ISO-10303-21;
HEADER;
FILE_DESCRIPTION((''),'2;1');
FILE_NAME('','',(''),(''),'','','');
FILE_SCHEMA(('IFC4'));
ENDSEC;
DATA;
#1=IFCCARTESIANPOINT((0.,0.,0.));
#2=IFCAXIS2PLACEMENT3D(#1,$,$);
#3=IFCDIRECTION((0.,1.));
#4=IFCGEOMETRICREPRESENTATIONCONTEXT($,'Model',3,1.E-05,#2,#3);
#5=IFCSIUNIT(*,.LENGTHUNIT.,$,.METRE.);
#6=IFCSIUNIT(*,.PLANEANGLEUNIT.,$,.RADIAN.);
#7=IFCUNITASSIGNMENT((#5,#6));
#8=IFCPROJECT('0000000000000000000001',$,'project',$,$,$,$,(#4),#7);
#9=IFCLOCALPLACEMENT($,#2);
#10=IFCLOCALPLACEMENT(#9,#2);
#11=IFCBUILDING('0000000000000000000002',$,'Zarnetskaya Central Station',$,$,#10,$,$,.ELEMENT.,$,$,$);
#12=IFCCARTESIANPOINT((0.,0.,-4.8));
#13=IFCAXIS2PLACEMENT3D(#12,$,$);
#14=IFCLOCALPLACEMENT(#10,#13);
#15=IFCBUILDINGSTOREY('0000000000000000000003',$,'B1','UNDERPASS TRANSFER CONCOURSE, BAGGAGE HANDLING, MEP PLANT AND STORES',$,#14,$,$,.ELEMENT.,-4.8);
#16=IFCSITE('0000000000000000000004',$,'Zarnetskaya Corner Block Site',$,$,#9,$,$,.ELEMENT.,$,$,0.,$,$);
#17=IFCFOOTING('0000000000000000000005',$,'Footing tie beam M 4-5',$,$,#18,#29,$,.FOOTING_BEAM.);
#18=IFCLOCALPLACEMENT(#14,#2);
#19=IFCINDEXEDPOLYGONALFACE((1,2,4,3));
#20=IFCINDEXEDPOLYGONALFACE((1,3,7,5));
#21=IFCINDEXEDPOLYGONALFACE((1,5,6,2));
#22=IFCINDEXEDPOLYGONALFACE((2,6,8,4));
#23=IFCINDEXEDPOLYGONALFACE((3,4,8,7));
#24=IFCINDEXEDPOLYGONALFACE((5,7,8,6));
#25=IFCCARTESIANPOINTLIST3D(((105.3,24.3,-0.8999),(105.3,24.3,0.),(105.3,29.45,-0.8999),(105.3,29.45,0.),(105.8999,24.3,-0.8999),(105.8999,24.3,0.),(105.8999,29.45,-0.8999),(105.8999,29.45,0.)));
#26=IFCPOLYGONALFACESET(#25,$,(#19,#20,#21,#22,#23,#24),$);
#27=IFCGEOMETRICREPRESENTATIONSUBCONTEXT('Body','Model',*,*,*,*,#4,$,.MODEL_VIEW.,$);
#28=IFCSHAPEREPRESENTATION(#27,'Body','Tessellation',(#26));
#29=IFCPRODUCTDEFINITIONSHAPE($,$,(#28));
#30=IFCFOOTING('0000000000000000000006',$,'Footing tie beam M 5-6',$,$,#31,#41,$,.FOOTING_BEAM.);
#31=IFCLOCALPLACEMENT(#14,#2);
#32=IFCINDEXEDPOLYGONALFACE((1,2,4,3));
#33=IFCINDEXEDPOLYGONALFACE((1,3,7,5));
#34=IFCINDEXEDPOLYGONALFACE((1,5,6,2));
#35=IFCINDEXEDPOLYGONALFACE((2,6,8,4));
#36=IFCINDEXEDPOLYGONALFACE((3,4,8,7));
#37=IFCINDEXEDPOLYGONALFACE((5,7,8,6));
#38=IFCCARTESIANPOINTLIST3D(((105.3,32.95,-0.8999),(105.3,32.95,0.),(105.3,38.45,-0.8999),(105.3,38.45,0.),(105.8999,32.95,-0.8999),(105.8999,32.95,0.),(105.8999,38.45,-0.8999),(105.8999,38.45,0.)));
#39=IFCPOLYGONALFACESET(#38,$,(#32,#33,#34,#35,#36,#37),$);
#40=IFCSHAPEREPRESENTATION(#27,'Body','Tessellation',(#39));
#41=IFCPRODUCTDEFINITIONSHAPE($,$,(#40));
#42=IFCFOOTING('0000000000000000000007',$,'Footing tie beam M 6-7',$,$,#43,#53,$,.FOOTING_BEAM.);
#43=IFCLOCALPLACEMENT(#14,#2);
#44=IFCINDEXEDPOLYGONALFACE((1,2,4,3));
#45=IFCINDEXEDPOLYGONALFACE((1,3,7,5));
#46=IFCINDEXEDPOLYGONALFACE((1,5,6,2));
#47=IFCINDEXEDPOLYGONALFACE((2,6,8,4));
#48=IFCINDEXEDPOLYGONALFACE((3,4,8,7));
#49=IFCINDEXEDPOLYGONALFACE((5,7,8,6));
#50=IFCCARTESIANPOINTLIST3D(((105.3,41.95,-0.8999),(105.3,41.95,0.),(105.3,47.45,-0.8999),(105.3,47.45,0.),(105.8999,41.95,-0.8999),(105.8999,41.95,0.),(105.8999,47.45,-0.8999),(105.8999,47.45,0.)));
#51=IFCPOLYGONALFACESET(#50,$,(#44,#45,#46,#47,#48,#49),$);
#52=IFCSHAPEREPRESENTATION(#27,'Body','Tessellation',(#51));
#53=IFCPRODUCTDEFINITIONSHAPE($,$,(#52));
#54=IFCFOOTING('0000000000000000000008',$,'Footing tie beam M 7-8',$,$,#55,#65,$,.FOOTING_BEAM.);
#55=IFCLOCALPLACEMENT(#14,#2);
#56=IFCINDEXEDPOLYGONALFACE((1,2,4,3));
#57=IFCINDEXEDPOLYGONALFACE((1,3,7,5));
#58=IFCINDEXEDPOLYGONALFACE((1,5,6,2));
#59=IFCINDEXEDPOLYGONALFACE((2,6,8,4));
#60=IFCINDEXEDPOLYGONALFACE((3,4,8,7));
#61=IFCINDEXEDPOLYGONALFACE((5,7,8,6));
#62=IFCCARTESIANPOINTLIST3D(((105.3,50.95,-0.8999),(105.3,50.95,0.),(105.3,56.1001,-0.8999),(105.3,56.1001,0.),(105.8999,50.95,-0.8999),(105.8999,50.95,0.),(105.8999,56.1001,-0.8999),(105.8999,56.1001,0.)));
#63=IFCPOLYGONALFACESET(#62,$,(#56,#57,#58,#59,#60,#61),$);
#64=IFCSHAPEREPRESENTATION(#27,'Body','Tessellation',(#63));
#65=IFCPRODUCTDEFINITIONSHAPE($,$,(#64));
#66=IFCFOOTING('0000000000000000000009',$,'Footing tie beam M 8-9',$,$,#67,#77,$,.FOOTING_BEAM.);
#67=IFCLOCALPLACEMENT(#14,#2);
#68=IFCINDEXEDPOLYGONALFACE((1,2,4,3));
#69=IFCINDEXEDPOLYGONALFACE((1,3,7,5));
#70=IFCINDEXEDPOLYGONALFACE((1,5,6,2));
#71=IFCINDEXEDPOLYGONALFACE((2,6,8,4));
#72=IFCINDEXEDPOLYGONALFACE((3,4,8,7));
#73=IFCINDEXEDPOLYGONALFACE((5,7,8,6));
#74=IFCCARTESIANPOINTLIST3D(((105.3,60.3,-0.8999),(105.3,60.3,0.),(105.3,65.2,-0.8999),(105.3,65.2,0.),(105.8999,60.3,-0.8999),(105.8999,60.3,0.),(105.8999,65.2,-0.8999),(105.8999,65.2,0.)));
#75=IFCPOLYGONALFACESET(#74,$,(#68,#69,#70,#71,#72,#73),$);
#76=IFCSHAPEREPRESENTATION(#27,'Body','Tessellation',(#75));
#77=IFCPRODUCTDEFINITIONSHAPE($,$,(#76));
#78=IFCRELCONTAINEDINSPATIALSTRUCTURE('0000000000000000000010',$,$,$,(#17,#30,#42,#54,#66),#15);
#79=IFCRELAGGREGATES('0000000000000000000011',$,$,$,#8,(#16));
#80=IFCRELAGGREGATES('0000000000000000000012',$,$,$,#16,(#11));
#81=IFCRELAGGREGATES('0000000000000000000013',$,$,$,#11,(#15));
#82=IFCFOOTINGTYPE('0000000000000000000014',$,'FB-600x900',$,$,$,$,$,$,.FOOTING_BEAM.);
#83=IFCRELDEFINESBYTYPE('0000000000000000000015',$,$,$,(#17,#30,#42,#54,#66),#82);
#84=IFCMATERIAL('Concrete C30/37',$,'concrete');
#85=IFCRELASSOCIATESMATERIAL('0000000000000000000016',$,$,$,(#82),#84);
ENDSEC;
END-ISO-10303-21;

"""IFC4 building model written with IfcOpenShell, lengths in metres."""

from ifc_helpers import new_model, si_unit, direction, frame, origin, place, context, subcontext, project, spatial, polyline, outline, extrude, material, type_object, element, save


model = new_model("IFC4")

# Units and contexts
model_context = context("Model", 3, precision=1e-05, world=origin(), true_north=direction((0.0, 1.0)))
body_context = subcontext(model_context, "Body", "Model", "MODEL_VIEW")
ifc_project = project(units=[si_unit("LENGTHUNIT", "METRE"), si_unit("PLANEANGLEUNIT", "RADIAN")], contexts=[model_context])

# Site, building, storey
site_placement = place(None, origin())
site = spatial("IfcSite", under=ifc_project, at=site_placement, Name="Zarnetskaya Corner Block Site", CompositionType="ELEMENT", RefElevation=0.0)
building_placement = place(site_placement, origin())
building = spatial("IfcBuilding", under=site, at=building_placement, Name="Zarnetskaya Central Station", CompositionType="ELEMENT")
storey_placement = place(building_placement, frame((0.0, 0.0, -4.8)))
storey = spatial("IfcBuildingStorey", under=building, at=storey_placement, Name="B1", Description="UNDERPASS TRANSFER CONCOURSE, BAGGAGE HANDLING, MEP PLANT AND STORES", CompositionType="ELEMENT", Elevation=-4.8)

# Footings
ifc_material = material(Name="Concrete C30/37", Category="concrete")
footing_type = type_object("IfcFootingType", Name="FB-600x900", PredefinedType="FOOTING_BEAM", material=ifc_material)
footing_1_placement = place(storey_placement, frame((0.0, 0.0, -0.8999)))
element("IfcFooting", 1, at=footing_1_placement, inside=storey, type_object=footing_type, Name="Footing tie beam M 4-5", PredefinedType="FOOTING_BEAM", context=body_context, shape_type="SweptSolid", body=[
    extrude(outline(polyline([(105.3, 24.3), (105.8999, 24.3), (105.8999, 29.45), (105.3, 29.45), (105.3, 24.3)])), origin(), (0.0, 0.0, 1.0), 0.8999),
])
footing_2_placement = place(storey_placement, frame((0.0, 0.0, -0.8999)))
element("IfcFooting", 2, at=footing_2_placement, inside=storey, type_object=footing_type, Name="Footing tie beam M 5-6", PredefinedType="FOOTING_BEAM", context=body_context, shape_type="SweptSolid", body=[
    extrude(outline(polyline([(105.3, 32.95), (105.8999, 32.95), (105.8999, 38.45), (105.3, 38.45), (105.3, 32.95)])), origin(), (0.0, 0.0, 1.0), 0.8999),
])
footing_3_placement = place(storey_placement, frame((0.0, 0.0, -0.8999)))
element("IfcFooting", 3, at=footing_3_placement, inside=storey, type_object=footing_type, Name="Footing tie beam M 6-7", PredefinedType="FOOTING_BEAM", context=body_context, shape_type="SweptSolid", body=[
    extrude(outline(polyline([(105.3, 41.95), (105.8999, 41.95), (105.8999, 47.45), (105.3, 47.45), (105.3, 41.95)])), origin(), (0.0, 0.0, 1.0), 0.8999),
])
footing_4_placement = place(storey_placement, frame((0.0, 0.0, -0.8999)))
element("IfcFooting", 4, at=footing_4_placement, inside=storey, type_object=footing_type, Name="Footing tie beam M 7-8", PredefinedType="FOOTING_BEAM", context=body_context, shape_type="SweptSolid", body=[
    extrude(outline(polyline([(105.3, 50.95), (105.8999, 50.95), (105.8999, 56.1001), (105.3, 56.1001), (105.3, 50.95)])), origin(), (0.0, 0.0, 1.0), 0.8999),
])
footing_5_placement = place(storey_placement, frame((0.0, 0.0, -0.8999)))
element("IfcFooting", 5, at=footing_5_placement, inside=storey, type_object=footing_type, Name="Footing tie beam M 8-9", PredefinedType="FOOTING_BEAM", context=body_context, shape_type="SweptSolid", body=[
    extrude(outline(polyline([(105.3, 60.3), (105.8999, 60.3), (105.8999, 65.2), (105.3, 65.2), (105.3, 60.3)])), origin(), (0.0, 0.0, 1.0), 0.8999),
])

save(model, "model.ifc")
